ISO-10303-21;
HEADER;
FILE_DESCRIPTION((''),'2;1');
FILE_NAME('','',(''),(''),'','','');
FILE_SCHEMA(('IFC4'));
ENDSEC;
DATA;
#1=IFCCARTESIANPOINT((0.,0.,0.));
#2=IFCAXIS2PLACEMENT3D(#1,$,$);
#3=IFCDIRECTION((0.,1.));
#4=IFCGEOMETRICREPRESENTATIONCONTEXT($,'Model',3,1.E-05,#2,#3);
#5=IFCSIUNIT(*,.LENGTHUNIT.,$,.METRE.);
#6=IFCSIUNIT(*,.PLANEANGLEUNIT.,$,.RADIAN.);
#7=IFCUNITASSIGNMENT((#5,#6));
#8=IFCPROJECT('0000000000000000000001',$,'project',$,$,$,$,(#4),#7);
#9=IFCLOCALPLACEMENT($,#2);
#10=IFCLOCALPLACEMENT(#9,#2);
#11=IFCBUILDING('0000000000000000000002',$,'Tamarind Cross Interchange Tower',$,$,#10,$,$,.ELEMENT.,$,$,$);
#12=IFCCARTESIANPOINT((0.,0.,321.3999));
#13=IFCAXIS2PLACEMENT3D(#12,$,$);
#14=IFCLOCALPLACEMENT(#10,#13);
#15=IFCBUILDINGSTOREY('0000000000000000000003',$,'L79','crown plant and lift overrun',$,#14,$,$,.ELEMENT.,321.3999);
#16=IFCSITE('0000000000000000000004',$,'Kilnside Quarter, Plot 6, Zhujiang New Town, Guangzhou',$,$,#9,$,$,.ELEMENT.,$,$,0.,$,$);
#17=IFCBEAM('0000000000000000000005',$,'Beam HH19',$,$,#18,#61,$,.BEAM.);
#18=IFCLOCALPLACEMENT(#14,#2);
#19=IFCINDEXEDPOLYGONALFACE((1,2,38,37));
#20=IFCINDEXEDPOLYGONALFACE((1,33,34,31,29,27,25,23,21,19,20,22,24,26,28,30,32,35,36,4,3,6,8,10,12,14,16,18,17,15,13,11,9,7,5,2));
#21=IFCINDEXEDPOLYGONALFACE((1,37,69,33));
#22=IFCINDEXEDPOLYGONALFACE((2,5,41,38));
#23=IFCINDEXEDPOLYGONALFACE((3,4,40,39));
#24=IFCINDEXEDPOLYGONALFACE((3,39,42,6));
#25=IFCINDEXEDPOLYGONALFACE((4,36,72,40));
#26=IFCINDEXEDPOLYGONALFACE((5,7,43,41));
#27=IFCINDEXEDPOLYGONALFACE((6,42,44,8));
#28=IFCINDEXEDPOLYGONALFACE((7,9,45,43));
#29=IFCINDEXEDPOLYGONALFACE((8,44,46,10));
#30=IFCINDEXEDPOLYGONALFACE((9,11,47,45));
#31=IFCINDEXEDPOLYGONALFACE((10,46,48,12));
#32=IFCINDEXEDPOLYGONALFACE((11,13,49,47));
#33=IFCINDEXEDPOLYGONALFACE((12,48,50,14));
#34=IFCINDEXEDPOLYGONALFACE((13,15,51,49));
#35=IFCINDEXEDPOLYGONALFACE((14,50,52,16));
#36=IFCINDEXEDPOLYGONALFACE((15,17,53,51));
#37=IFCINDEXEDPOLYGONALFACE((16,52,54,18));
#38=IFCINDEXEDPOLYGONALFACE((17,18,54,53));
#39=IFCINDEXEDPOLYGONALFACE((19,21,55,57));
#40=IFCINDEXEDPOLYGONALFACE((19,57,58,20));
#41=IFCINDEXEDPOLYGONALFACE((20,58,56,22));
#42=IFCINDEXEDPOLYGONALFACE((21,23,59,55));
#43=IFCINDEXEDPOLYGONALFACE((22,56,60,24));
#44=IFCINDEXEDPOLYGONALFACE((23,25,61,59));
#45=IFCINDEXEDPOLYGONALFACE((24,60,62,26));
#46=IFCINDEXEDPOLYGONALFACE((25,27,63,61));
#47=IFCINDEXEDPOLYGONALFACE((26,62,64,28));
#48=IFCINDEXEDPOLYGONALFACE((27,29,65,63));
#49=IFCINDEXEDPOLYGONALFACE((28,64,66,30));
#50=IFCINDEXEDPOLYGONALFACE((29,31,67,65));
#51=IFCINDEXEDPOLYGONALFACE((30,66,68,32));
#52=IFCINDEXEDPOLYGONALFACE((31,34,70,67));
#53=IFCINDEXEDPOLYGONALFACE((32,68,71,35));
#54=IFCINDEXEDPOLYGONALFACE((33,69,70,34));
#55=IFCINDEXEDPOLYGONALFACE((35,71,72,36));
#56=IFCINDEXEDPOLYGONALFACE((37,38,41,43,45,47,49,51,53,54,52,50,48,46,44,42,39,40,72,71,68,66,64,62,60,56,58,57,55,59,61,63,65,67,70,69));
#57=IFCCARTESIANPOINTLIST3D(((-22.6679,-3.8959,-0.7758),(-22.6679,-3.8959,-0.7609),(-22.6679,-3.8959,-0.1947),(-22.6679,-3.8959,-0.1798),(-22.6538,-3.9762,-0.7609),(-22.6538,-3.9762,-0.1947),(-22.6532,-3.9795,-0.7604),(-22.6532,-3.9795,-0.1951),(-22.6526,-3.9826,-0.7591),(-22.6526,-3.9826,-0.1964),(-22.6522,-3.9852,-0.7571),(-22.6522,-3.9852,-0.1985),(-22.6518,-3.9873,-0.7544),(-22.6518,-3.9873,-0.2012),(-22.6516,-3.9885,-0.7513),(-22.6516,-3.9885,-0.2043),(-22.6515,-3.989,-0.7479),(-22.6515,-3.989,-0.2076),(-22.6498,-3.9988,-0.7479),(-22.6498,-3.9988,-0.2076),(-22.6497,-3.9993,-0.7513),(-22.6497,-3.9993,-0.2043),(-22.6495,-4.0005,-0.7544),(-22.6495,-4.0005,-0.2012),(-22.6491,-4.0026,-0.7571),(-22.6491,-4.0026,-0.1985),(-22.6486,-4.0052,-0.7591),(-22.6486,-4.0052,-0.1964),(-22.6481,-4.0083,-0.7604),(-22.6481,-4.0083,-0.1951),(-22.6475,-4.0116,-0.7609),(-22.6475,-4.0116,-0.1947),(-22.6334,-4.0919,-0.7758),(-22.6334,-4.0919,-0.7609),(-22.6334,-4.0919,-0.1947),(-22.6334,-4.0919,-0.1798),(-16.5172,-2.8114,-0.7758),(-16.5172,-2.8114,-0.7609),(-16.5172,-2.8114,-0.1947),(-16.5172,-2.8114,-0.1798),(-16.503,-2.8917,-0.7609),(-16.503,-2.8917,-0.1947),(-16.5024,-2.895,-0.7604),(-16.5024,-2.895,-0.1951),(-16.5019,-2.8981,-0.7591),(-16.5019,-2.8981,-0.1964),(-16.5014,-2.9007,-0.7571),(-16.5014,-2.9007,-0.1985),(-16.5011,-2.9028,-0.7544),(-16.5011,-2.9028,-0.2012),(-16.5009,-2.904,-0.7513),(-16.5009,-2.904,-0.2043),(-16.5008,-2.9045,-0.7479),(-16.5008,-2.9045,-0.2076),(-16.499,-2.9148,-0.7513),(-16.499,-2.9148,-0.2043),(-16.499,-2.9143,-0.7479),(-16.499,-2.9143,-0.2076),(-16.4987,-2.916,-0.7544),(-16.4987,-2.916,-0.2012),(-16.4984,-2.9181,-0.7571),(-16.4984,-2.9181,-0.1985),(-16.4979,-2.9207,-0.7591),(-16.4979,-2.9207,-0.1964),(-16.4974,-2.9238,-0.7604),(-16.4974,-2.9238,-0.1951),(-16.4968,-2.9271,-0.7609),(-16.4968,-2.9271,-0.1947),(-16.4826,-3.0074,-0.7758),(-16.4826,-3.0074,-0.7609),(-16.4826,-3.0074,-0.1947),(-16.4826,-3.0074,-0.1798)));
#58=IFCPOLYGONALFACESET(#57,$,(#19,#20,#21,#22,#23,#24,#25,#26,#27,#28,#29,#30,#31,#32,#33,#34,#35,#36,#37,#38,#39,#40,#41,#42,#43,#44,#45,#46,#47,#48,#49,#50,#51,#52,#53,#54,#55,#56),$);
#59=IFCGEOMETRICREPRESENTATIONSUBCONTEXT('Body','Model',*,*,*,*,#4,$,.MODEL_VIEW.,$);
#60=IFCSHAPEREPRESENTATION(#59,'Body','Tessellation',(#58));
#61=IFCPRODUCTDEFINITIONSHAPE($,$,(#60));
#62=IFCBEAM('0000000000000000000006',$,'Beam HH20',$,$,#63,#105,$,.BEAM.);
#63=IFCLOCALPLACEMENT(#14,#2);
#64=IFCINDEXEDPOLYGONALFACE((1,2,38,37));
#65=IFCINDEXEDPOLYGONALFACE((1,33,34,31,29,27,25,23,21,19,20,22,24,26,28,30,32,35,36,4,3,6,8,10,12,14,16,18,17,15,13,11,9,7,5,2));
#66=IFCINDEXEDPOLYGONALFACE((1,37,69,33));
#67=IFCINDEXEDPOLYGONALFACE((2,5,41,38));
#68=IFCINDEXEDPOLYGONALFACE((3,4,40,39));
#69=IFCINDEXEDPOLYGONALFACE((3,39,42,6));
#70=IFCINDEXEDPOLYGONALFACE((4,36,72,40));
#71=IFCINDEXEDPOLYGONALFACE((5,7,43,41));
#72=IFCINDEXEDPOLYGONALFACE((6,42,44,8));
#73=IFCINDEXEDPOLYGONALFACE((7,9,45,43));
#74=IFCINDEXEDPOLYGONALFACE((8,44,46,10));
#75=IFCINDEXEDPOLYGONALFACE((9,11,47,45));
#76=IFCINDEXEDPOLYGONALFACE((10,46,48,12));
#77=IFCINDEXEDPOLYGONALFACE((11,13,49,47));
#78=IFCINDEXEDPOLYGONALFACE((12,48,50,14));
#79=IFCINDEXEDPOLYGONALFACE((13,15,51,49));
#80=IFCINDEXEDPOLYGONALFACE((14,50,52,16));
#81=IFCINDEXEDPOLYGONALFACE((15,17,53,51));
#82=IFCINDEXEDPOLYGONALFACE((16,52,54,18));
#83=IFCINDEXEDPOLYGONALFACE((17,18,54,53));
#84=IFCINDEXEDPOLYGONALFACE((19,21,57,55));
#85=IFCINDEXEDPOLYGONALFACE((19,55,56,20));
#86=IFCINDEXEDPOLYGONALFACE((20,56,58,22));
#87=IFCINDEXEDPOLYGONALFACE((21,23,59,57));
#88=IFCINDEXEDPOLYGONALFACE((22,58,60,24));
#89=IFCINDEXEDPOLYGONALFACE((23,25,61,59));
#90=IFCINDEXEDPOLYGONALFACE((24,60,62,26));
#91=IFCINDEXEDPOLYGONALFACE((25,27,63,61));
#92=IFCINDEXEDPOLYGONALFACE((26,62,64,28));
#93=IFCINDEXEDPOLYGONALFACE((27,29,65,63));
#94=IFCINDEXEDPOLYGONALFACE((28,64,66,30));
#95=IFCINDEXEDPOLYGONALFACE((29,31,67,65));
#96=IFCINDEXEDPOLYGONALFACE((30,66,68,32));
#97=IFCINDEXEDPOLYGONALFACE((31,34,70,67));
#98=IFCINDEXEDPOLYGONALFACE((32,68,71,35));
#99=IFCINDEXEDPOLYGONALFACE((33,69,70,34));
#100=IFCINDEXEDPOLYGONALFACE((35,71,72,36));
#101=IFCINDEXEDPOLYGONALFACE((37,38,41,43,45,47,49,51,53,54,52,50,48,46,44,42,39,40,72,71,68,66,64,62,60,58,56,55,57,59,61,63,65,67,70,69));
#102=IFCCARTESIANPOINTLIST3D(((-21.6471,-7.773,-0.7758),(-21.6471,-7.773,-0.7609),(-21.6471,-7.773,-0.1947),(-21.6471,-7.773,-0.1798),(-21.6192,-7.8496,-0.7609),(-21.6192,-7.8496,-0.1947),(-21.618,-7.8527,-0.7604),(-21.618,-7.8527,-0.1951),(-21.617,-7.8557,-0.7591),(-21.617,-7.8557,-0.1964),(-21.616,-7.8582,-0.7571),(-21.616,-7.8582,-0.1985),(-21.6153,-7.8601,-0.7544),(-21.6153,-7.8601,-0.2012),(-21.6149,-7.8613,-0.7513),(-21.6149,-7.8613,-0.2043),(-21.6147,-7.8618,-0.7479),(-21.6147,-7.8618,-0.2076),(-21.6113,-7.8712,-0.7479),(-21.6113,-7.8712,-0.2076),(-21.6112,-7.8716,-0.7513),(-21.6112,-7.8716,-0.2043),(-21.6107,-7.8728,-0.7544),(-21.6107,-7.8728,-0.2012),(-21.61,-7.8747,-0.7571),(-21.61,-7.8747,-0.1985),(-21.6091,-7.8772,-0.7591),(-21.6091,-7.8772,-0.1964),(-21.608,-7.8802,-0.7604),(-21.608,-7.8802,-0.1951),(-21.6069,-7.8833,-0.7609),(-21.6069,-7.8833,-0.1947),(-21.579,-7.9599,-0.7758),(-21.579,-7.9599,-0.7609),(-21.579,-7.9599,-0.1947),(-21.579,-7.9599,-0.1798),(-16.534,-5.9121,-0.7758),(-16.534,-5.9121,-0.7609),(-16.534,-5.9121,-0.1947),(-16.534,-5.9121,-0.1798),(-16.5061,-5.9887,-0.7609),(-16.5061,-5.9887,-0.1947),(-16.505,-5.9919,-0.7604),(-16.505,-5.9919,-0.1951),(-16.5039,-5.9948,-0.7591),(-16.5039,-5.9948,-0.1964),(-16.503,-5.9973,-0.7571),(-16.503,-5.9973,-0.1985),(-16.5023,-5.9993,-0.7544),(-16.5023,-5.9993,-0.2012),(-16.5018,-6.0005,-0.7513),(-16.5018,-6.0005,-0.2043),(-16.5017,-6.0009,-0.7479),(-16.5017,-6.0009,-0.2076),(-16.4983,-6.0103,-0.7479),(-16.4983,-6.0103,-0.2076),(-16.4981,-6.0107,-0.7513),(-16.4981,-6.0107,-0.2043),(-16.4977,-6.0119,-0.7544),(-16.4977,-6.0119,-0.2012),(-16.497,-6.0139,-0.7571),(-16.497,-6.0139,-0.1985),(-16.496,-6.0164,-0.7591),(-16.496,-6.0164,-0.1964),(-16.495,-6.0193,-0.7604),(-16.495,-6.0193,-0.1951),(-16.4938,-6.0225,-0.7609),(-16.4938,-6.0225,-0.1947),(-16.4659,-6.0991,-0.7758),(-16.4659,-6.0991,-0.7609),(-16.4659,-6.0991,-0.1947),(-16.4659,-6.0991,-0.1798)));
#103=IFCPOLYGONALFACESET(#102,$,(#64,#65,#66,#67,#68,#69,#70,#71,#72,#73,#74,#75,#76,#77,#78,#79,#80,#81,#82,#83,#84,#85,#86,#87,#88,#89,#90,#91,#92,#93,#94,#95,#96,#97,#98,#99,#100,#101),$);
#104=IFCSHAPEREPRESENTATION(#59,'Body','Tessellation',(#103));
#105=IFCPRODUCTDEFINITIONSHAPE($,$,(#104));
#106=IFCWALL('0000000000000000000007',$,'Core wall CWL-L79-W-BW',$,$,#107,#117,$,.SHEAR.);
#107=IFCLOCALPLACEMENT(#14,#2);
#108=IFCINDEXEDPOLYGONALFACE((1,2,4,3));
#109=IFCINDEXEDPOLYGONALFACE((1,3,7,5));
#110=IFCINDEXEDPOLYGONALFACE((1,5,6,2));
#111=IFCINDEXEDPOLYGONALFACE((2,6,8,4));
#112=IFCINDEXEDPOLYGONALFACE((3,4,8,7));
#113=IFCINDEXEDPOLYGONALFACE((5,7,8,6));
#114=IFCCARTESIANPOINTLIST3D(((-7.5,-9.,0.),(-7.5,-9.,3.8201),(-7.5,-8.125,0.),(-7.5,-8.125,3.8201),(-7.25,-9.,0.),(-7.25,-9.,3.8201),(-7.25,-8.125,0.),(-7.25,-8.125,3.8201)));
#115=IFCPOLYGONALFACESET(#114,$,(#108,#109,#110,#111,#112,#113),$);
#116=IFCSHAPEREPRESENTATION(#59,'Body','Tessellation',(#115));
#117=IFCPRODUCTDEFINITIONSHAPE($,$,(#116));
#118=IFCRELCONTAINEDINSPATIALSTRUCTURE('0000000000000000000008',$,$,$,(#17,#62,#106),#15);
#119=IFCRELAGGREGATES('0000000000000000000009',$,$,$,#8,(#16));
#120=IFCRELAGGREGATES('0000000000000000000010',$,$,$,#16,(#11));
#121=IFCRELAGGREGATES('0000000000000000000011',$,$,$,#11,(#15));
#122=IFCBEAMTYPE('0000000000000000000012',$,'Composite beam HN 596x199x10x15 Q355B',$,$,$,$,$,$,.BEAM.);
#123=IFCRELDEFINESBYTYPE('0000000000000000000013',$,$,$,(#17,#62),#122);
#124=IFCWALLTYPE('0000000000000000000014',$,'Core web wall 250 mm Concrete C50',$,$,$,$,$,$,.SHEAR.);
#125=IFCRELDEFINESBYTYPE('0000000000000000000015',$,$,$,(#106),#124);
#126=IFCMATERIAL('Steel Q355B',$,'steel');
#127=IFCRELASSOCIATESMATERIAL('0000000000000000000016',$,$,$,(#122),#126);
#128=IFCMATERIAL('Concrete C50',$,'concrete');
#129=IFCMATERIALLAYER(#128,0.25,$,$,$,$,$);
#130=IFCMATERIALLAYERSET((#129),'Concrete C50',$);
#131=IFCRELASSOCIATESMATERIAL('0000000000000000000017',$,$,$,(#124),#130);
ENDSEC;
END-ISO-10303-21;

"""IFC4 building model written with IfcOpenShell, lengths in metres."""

from ifc_helpers import new_model, si_unit, direction, frame, frame_2d, origin, origin_2d, place, context, subcontext, project, spatial, rectangle, i_section, extrude, material, layer, layer_set, material_profile, profile_set, type_object, element, save


model = new_model("IFC4")

# Units and contexts
model_context = context("Model", 3, precision=1e-05, world=origin(), true_north=direction((0.0, 1.0)))
body_context = subcontext(model_context, "Body", "Model", "MODEL_VIEW")
ifc_project = project(units=[si_unit("LENGTHUNIT", "METRE"), si_unit("PLANEANGLEUNIT", "RADIAN")], contexts=[model_context])

# Site, building, storey
site_placement = place(None, origin())
site = spatial("IfcSite", under=ifc_project, at=site_placement, Name="Kilnside Quarter, Plot 6, Zhujiang New Town, Guangzhou", CompositionType="ELEMENT", RefElevation=0.0)
building_placement = place(site_placement, origin())
building = spatial("IfcBuilding", under=site, at=building_placement, Name="Tamarind Cross Interchange Tower", CompositionType="ELEMENT")
storey_placement = place(building_placement, frame((0.0, 0.0, 321.3999)))
storey = spatial("IfcBuildingStorey", under=building, at=storey_placement, Name="L79", Description="crown plant and lift overrun", CompositionType="ELEMENT", Elevation=321.3999)

# Beams
ifc_material_1 = material(Name="Steel Q355B", Category="steel")
ifc_material_profile_1 = material_profile(ifc_material_1, i_section(OverallWidth=0.199, OverallDepth=0.5959, WebThickness=0.01, FlangeThickness=0.0149, FilletRadius=0.0129, at=origin_2d()), Name="HN 596x199x10x15")
ifc_profile_set_1 = profile_set([ifc_material_profile_1], Name="Steel Q355B")
beam_type = type_object("IfcBeamType", Name="Composite beam HN 596x199x10x15 Q355B", PredefinedType="BEAM", material=ifc_profile_set_1)
beam_1_placement = place(storey_placement, frame((-22.6506, -3.9939, -0.4778), z_axis=(0.984809, 0.17364, 0.0), x_axis=(-0.17364, 0.984809, 0.0)))
element("IfcBeam", 1, at=beam_1_placement, inside=storey, type_object=beam_type, Name="Beam HH19", PredefinedType="BEAM", context=body_context, shape_type="SweptSolid", body=[
    extrude(i_section(OverallWidth=0.199, OverallDepth=0.5959, WebThickness=0.01, FlangeThickness=0.0149, FilletRadius=0.0129, at=origin_2d()), origin(), (0.0, 0.0, 1.0), 6.2456),
])
beam_2_placement = place(storey_placement, frame((-21.613, -7.8665, -0.4778), z_axis=(0.939702, 0.341995, 0.0), x_axis=(-0.341995, 0.939702, 0.0)))
element("IfcBeam", 2, at=beam_2_placement, inside=storey, type_object=beam_type, Name="Beam HH20", PredefinedType="BEAM", context=body_context, shape_type="SweptSolid", body=[
    extrude(i_section(OverallWidth=0.199, OverallDepth=0.5959, WebThickness=0.01, FlangeThickness=0.0149, FilletRadius=0.0129, at=origin_2d()), origin(), (0.0, 0.0, 1.0), 5.4412),
])

# Wall
ifc_material_2 = material(Name="Concrete C50", Category="concrete")
ifc_layer_1 = layer(ifc_material_2, 0.25)
ifc_layer_set_1 = layer_set([ifc_layer_1], Name="Concrete C50")
wall_type_1 = type_object("IfcWallType", Name="Core web wall 250 mm Concrete C50", PredefinedType="SHEAR", material=ifc_layer_set_1)
wall_1_placement = place(storey_placement, frame((-7.375, -9.0, 0.0), z_axis=(0.0, 0.0, 1.0), x_axis=(0.0, 1.0, 0.0)))
element("IfcWall", 3, at=wall_1_placement, inside=storey, type_object=wall_type_1, Name="Core wall CWL-L79-W-BW", PredefinedType="SHEAR", context=body_context, shape_type="SweptSolid", body=[
    extrude(rectangle(XDim=0.875, YDim=0.25, at=frame_2d((0.4375, 0.0))), origin(), (0.0, 0.0, 1.0), 3.8201),
])

save(model, "model.ifc")
